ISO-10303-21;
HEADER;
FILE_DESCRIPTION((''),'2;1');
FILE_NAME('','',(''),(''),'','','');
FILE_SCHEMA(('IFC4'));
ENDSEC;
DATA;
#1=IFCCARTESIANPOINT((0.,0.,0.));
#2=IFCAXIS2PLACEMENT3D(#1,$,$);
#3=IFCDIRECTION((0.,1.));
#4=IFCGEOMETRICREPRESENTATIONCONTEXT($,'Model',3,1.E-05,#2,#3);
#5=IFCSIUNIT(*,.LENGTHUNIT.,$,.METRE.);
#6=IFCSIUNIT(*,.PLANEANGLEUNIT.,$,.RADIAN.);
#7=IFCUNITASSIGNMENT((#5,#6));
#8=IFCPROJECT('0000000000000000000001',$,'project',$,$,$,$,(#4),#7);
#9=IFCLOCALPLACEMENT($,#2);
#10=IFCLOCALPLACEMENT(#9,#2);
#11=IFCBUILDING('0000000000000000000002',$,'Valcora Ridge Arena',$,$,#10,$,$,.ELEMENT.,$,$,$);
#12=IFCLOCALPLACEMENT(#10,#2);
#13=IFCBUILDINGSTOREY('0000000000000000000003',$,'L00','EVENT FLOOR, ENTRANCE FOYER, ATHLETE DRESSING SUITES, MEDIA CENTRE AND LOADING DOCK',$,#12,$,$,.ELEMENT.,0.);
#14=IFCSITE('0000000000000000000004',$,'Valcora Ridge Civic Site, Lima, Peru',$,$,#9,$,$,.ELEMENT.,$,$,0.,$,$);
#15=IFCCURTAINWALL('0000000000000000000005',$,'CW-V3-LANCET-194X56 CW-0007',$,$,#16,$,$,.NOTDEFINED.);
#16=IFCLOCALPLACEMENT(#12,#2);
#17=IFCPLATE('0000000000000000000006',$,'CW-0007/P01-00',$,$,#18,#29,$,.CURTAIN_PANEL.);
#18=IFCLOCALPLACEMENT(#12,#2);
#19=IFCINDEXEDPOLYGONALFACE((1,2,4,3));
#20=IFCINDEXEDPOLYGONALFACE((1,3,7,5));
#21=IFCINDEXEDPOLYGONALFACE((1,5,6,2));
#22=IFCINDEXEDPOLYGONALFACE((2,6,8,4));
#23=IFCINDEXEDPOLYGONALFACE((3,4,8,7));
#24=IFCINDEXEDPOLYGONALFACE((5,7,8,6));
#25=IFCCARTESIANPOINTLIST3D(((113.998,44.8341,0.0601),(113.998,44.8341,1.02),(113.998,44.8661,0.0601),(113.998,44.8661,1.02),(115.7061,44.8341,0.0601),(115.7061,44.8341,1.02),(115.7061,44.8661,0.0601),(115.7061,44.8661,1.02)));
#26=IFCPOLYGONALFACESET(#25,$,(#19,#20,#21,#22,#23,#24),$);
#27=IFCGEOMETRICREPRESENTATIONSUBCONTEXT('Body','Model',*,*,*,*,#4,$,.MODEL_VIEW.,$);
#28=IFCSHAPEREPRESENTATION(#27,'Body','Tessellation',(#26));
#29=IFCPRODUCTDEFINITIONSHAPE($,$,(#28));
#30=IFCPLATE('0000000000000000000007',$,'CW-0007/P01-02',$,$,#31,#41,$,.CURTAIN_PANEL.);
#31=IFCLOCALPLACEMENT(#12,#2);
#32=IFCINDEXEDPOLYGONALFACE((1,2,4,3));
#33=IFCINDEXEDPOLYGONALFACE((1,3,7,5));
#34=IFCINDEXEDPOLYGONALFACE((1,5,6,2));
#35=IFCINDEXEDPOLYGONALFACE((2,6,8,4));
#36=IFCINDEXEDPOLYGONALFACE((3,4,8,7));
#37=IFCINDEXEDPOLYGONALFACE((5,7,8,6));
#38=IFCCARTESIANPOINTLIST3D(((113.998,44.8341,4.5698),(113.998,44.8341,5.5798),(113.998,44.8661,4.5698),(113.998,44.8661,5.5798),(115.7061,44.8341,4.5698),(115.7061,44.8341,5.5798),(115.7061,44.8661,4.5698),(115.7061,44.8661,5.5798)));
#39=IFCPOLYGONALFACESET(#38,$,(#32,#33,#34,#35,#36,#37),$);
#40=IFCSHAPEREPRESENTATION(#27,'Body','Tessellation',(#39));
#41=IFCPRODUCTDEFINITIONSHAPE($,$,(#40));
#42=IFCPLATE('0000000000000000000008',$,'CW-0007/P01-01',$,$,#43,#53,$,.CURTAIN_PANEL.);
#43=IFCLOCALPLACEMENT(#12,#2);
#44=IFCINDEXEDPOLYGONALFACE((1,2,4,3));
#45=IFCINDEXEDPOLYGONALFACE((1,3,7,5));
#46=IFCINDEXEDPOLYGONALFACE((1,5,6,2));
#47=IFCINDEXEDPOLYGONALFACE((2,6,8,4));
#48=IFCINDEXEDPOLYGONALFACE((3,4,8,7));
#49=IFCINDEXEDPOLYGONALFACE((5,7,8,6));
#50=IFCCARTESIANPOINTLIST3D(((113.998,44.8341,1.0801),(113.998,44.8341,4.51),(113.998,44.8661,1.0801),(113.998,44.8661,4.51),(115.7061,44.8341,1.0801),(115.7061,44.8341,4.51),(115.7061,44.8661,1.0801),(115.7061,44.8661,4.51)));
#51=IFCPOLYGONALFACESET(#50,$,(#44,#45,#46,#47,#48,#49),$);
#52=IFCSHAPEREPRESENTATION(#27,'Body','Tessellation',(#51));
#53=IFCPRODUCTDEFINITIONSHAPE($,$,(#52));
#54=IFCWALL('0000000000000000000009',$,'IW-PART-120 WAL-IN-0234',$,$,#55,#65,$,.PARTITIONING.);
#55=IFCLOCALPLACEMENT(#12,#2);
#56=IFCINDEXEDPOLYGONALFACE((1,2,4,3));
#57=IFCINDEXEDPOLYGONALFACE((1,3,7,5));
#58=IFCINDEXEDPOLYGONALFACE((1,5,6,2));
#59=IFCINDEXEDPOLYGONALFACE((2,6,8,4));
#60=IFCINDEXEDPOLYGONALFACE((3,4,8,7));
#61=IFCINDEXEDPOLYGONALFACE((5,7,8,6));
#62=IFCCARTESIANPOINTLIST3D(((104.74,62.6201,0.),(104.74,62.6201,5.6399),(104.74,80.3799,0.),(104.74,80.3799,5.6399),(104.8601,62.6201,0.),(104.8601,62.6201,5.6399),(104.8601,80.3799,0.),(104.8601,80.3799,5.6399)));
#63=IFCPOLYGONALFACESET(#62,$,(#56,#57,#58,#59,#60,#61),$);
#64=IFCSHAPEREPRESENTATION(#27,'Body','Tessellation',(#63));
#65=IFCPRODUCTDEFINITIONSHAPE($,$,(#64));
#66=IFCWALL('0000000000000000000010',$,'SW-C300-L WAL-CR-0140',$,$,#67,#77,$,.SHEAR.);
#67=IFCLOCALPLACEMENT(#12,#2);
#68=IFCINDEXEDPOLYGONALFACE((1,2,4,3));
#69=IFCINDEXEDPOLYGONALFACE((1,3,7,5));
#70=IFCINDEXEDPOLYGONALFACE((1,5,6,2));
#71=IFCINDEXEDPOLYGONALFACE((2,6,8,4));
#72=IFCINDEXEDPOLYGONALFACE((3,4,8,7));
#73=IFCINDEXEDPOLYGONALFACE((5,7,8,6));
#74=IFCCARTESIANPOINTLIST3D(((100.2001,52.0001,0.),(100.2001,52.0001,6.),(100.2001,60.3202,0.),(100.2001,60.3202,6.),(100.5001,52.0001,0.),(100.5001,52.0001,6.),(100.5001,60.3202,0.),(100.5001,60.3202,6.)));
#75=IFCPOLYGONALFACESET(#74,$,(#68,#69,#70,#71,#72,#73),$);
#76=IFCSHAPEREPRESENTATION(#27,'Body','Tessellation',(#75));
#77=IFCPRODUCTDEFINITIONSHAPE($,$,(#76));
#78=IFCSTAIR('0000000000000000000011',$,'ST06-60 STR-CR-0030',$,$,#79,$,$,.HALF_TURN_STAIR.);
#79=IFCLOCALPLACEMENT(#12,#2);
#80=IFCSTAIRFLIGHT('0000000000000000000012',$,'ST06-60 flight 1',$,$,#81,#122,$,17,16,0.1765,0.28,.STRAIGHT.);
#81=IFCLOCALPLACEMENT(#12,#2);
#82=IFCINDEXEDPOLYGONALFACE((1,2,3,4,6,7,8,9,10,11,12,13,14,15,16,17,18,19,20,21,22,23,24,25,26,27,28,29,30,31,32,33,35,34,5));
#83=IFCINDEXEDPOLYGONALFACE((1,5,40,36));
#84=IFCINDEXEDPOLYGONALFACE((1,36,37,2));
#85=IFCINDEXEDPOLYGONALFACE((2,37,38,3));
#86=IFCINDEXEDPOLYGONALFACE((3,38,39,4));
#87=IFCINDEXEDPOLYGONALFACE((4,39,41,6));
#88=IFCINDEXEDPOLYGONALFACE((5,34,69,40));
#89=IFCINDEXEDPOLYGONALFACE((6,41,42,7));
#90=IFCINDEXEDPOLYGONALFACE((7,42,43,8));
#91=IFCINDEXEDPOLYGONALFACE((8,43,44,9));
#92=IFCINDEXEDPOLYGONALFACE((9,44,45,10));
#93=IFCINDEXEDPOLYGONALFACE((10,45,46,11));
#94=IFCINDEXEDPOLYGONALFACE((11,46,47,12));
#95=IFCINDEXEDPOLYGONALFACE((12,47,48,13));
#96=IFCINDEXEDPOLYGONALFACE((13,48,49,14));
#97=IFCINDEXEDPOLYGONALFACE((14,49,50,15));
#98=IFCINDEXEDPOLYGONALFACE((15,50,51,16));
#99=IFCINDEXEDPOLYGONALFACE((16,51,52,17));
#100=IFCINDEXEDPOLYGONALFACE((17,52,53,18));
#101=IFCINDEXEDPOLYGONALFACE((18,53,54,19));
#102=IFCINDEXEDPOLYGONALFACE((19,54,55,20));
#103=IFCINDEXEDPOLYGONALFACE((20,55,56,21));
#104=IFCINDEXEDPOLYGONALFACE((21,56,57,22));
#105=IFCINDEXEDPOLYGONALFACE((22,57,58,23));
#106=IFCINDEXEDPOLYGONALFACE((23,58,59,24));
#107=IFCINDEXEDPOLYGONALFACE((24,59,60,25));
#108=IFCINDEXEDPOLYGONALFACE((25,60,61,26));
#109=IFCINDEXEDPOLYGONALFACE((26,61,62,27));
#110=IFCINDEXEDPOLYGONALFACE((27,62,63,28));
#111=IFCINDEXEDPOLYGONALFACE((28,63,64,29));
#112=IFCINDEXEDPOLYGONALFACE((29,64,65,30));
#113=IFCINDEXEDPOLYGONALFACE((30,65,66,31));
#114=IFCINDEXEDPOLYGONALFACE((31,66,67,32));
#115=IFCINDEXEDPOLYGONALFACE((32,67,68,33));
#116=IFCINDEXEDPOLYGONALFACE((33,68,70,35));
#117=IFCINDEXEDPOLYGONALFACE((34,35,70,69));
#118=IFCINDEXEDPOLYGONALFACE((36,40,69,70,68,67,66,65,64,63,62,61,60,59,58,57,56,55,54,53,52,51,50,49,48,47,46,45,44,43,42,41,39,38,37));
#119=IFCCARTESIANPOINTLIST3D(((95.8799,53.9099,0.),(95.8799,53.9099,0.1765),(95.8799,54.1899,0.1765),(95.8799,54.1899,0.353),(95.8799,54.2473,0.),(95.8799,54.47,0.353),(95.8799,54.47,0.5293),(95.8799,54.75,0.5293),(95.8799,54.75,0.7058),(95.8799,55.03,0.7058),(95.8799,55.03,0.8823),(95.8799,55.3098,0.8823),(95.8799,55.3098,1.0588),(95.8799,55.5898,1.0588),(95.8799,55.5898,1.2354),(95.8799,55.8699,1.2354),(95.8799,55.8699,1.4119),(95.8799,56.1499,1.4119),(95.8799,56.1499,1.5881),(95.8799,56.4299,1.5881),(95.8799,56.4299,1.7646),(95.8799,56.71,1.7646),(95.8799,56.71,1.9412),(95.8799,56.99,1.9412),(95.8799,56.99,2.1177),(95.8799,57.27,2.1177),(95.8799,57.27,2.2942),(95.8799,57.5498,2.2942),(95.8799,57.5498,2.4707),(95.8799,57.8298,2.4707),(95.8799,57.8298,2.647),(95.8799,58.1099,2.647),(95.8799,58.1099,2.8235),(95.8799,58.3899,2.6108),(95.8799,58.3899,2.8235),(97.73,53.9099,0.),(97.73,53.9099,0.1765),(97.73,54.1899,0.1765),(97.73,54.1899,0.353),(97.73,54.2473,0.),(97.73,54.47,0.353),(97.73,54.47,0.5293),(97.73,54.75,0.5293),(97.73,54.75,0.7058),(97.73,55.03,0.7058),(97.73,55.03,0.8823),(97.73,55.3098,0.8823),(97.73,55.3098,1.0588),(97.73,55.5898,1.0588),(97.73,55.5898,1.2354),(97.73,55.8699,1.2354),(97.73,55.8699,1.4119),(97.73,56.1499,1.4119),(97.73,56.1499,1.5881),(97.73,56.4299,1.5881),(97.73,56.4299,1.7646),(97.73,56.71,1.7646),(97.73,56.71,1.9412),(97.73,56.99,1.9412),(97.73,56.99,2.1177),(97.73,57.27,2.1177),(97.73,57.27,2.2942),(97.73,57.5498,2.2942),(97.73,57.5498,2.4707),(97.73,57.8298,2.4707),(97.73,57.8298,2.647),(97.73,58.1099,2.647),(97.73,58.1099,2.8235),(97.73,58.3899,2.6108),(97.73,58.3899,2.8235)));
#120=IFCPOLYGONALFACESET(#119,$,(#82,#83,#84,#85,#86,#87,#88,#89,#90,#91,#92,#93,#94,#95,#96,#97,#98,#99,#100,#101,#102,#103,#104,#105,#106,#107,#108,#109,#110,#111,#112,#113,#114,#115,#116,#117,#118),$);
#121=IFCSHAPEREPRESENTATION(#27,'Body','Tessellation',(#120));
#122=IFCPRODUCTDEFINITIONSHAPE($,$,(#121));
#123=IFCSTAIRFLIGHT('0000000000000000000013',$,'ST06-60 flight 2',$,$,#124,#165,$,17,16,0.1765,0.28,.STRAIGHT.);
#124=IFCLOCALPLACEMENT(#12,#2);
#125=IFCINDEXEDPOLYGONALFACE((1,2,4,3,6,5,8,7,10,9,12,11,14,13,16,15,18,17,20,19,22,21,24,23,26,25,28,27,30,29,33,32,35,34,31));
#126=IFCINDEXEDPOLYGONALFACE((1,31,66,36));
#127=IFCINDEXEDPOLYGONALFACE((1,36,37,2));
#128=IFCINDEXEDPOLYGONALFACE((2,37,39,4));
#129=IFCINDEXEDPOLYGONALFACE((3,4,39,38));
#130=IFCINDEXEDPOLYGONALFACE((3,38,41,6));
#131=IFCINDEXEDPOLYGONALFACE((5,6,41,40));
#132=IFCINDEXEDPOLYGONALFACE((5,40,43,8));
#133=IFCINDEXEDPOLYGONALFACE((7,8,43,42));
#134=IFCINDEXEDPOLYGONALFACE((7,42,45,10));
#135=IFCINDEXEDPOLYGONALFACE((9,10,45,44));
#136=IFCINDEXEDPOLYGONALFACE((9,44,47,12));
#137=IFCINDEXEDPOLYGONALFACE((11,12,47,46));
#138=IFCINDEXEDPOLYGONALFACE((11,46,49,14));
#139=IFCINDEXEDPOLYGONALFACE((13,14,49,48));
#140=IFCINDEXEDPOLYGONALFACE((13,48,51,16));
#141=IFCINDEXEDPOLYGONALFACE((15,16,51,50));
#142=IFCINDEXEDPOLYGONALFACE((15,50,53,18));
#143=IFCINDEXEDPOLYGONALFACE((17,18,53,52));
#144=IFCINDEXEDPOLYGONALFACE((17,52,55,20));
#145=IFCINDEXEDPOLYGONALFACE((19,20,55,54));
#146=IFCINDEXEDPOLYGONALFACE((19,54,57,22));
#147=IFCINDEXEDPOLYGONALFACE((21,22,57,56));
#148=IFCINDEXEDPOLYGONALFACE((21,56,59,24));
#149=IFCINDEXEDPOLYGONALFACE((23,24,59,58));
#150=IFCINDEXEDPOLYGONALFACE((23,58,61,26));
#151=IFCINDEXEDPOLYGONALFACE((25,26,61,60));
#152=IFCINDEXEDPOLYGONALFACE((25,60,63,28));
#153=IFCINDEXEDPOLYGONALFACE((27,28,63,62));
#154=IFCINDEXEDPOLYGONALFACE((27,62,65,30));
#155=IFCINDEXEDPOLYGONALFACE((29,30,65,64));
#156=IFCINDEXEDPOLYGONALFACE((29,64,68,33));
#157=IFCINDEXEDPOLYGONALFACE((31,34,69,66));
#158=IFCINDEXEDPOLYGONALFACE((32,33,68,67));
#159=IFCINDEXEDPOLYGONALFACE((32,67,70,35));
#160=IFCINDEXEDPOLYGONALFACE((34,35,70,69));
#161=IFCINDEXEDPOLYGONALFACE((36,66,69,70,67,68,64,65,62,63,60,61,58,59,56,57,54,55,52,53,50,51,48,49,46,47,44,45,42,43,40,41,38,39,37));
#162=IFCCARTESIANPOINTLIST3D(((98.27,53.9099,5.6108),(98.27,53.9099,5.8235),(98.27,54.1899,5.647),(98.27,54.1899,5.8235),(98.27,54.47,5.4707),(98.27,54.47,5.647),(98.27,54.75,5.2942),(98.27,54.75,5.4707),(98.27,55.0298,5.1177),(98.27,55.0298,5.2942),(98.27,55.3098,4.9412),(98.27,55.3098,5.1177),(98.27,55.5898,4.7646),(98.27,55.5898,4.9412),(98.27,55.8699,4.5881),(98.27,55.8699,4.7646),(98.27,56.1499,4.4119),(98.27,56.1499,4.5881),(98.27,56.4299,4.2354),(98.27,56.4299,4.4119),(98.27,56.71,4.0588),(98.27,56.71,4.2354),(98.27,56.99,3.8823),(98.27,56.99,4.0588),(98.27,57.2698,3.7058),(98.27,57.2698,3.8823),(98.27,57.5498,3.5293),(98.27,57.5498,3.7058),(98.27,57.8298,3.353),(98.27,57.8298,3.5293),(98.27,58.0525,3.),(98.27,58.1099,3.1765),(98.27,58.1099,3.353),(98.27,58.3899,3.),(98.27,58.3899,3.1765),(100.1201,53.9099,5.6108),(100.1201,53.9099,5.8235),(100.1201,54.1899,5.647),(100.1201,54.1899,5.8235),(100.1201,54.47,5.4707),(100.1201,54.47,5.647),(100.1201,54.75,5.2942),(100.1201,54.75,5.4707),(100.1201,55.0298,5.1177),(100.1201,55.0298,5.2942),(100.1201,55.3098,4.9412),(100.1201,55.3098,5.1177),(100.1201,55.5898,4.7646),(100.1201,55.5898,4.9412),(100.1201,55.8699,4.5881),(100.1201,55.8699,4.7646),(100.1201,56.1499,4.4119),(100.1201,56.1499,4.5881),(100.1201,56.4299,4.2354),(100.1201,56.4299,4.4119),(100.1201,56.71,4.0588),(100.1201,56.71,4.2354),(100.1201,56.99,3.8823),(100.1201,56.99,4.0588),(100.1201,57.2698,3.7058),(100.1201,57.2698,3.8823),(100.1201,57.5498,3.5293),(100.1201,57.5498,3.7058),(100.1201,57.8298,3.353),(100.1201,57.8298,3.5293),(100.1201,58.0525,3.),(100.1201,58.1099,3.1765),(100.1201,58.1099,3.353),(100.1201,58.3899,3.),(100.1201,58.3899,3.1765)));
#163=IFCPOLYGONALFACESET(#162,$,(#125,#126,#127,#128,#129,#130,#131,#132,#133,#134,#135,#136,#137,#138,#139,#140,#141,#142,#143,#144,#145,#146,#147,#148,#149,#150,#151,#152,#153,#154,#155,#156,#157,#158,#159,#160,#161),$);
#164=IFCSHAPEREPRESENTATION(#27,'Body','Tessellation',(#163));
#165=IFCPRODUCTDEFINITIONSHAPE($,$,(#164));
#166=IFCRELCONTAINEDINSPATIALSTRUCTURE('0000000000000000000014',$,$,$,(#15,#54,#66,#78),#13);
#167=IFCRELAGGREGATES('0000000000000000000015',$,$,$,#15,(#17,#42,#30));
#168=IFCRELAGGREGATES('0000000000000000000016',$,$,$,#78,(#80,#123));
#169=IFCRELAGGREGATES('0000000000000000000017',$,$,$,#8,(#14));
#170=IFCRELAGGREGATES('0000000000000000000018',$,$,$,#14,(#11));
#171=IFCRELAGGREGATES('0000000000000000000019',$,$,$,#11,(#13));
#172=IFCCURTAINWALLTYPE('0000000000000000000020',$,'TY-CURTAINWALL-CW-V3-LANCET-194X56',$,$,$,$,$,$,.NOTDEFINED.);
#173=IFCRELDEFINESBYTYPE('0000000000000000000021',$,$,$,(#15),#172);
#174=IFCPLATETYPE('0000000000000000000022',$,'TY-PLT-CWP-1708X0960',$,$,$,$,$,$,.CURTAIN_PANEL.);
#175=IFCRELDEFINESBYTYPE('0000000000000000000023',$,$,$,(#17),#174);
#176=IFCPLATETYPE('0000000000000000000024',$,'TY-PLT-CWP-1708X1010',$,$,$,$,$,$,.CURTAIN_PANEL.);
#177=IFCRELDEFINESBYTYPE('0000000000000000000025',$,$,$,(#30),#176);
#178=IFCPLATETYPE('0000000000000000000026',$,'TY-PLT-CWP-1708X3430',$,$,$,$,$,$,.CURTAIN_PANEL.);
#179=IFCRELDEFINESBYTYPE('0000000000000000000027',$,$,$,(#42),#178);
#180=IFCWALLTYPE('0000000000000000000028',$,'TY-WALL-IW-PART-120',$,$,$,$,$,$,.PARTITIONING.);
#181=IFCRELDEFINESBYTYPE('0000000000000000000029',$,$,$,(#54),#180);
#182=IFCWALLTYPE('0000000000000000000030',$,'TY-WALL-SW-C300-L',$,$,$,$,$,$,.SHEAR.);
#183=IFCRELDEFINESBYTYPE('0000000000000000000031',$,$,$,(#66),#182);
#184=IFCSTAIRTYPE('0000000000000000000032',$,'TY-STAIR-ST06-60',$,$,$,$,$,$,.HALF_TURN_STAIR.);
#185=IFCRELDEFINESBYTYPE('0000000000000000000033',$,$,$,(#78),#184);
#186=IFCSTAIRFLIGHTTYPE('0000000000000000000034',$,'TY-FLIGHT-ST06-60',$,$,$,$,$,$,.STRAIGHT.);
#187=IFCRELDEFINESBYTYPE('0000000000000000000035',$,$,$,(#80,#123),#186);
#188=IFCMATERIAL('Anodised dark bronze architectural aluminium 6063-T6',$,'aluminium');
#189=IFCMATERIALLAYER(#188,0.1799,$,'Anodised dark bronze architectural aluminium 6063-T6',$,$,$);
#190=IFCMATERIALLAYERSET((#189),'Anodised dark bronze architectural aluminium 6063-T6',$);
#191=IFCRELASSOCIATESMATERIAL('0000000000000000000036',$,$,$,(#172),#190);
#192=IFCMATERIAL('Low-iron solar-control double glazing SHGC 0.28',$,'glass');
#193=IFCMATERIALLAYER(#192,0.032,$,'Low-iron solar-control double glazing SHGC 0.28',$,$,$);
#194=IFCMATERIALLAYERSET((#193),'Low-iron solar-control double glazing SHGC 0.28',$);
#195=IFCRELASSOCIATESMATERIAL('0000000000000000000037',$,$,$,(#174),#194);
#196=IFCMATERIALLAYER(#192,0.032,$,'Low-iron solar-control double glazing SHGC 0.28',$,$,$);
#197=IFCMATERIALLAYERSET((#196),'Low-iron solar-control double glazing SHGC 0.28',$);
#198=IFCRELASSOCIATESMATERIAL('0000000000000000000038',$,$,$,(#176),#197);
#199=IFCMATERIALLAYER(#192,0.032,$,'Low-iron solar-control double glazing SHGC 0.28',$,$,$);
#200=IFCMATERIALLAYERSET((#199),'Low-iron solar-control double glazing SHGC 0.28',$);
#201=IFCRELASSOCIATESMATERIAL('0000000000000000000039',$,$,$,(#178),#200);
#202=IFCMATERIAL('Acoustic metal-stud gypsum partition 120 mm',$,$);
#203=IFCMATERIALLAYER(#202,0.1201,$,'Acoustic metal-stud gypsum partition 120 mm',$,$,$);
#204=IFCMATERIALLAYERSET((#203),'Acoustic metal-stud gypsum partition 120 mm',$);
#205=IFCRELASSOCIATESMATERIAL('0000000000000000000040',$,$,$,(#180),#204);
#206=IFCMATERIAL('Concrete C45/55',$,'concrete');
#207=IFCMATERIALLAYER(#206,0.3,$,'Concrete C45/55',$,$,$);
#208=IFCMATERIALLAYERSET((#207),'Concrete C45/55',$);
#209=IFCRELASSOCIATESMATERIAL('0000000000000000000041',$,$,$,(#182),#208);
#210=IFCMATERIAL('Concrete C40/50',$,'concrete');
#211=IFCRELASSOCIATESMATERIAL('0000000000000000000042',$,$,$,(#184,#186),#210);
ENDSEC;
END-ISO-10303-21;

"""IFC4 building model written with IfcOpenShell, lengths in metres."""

from ifc_helpers import new_model, si_unit, direction, frame, frame_2d, origin, origin_2d, place, context, subcontext, project, spatial, polyline, rectangle, outline, extrude, material, layer, layer_set, type_object, element, aggregate, save


model = new_model("IFC4")

# Units and contexts
model_context = context("Model", 3, precision=1e-05, world=origin(), true_north=direction((0.0, 1.0)))
body_context = subcontext(model_context, "Body", "Model", "MODEL_VIEW")
ifc_project = project(units=[si_unit("LENGTHUNIT", "METRE"), si_unit("PLANEANGLEUNIT", "RADIAN")], contexts=[model_context])

# Site, building, storey
site_placement = place(None, origin())
site = spatial("IfcSite", under=ifc_project, at=site_placement, Name="Valcora Ridge Civic Site, Lima, Peru", CompositionType="ELEMENT", RefElevation=0.0)
building_placement = place(site_placement, origin())
building = spatial("IfcBuilding", under=site, at=building_placement, Name="Valcora Ridge Arena", CompositionType="ELEMENT")
storey_placement = place(building_placement, origin())
storey = spatial("IfcBuildingStorey", under=building, at=storey_placement, Name="L00", Description="EVENT FLOOR, ENTRANCE FOYER, ATHLETE DRESSING SUITES, MEDIA CENTRE AND LOADING DOCK", CompositionType="ELEMENT", Elevation=0.0)

# Shared definitions
ifc_material_1 = material(Name="Concrete C40/50", Category="concrete")
ifc_material_2 = material(Name="Concrete C45/55", Category="concrete")

# Curtain wall
ifc_material_3 = material(Name="Anodised dark bronze architectural aluminium 6063-T6", Category="aluminium")
ifc_layer_1 = layer(ifc_material_3, 0.1799, Name="Anodised dark bronze architectural aluminium 6063-T6")
ifc_layer_set_1 = layer_set([ifc_layer_1], Name="Anodised dark bronze architectural aluminium 6063-T6")
curtain_wall_type_1 = type_object("IfcCurtainWallType", Name="TY-CURTAINWALL-CW-V3-LANCET-194X56", PredefinedType="NOTDEFINED", material=ifc_layer_set_1)
curtain_wall_1_placement = place(storey_placement, origin())
curtain_wall_1 = element("IfcCurtainWall", 1, at=curtain_wall_1_placement, inside=storey, type_object=curtain_wall_type_1, Name="CW-V3-LANCET-194X56 CW-0007", PredefinedType="NOTDEFINED")

# Plates
ifc_material_4 = material(Name="Low-iron solar-control double glazing SHGC 0.28", Category="glass")
ifc_layer_2 = layer(ifc_material_4, 0.032, Name="Low-iron solar-control double glazing SHGC 0.28")
ifc_layer_set_2 = layer_set([ifc_layer_2], Name="Low-iron solar-control double glazing SHGC 0.28")
plate_type_1 = type_object("IfcPlateType", Name="TY-PLT-CWP-1708X0960", PredefinedType="CURTAIN_PANEL", material=ifc_layer_set_2)
plate_1_placement = place(storey_placement, frame((114.8521, 44.8501, 0.0601), z_axis=(0.0, 0.0, 1.0), x_axis=(1.0, 0.0, 0.0)))
plate_1 = element("IfcPlate", 2, at=plate_1_placement, type_object=plate_type_1, Name="CW-0007/P01-00", PredefinedType="CURTAIN_PANEL", context=body_context, shape_type="SweptSolid", body=[
    extrude(rectangle(XDim=1.708, YDim=0.032, at=origin_2d()), origin(), (0.0, 0.0, 1.0), 0.96),
])
ifc_layer_3 = layer(ifc_material_4, 0.032, Name="Low-iron solar-control double glazing SHGC 0.28")
ifc_layer_set_3 = layer_set([ifc_layer_3], Name="Low-iron solar-control double glazing SHGC 0.28")
plate_type_2 = type_object("IfcPlateType", Name="TY-PLT-CWP-1708X1010", PredefinedType="CURTAIN_PANEL", material=ifc_layer_set_3)
plate_2_placement = place(storey_placement, frame((114.8521, 44.8501, 4.5698), z_axis=(0.0, 0.0, 1.0), x_axis=(1.0, 0.0, 0.0)))
plate_2 = element("IfcPlate", 3, at=plate_2_placement, type_object=plate_type_2, Name="CW-0007/P01-02", PredefinedType="CURTAIN_PANEL", context=body_context, shape_type="SweptSolid", body=[
    extrude(rectangle(XDim=1.708, YDim=0.032, at=origin_2d()), origin(), (0.0, 0.0, 1.0), 1.01),
])
ifc_layer_4 = layer(ifc_material_4, 0.032, Name="Low-iron solar-control double glazing SHGC 0.28")
ifc_layer_set_4 = layer_set([ifc_layer_4], Name="Low-iron solar-control double glazing SHGC 0.28")
plate_type_3 = type_object("IfcPlateType", Name="TY-PLT-CWP-1708X3430", PredefinedType="CURTAIN_PANEL", material=ifc_layer_set_4)
plate_3_placement = place(storey_placement, frame((114.8521, 44.8501, 1.0801), z_axis=(0.0, 0.0, 1.0), x_axis=(1.0, 0.0, 0.0)))
plate_3 = element("IfcPlate", 4, at=plate_3_placement, type_object=plate_type_3, Name="CW-0007/P01-01", PredefinedType="CURTAIN_PANEL", context=body_context, shape_type="SweptSolid", body=[
    extrude(rectangle(XDim=1.708, YDim=0.032, at=origin_2d()), origin(), (0.0, 0.0, 1.0), 3.4299),
])
aggregate(curtain_wall_1, [plate_1, plate_3, plate_2])

# Walls
ifc_material_5 = material(Name="Acoustic metal-stud gypsum partition 120 mm")
ifc_layer_5 = layer(ifc_material_5, 0.1201, Name="Acoustic metal-stud gypsum partition 120 mm")
ifc_layer_set_5 = layer_set([ifc_layer_5], Name="Acoustic metal-stud gypsum partition 120 mm")
wall_type_1 = type_object("IfcWallType", Name="TY-WALL-IW-PART-120", PredefinedType="PARTITIONING", material=ifc_layer_set_5)
wall_1_placement = place(storey_placement, frame((104.8, 62.6201, 0.0), z_axis=(0.0, 0.0, 1.0), x_axis=(0.0, 1.0, 0.0)))
element("IfcWall", 5, at=wall_1_placement, inside=storey, type_object=wall_type_1, Name="IW-PART-120 WAL-IN-0234", PredefinedType="PARTITIONING", context=body_context, shape_type="SweptSolid", body=[
    extrude(rectangle(XDim=17.7598, YDim=0.1201, at=frame_2d((8.8799, 0.0))), origin(), (0.0, 0.0, 1.0), 5.6399),
])
ifc_layer_6 = layer(ifc_material_2, 0.3, Name="Concrete C45/55")
ifc_layer_set_6 = layer_set([ifc_layer_6], Name="Concrete C45/55")
wall_type_2 = type_object("IfcWallType", Name="TY-WALL-SW-C300-L", PredefinedType="SHEAR", material=ifc_layer_set_6)
wall_2_placement = place(storey_placement, frame((100.3501, 52.0, 0.0), z_axis=(0.0, 0.0, 1.0), x_axis=(0.0, 1.0, 0.0)))
element("IfcWall", 6, at=wall_2_placement, inside=storey, type_object=wall_type_2, Name="SW-C300-L WAL-CR-0140", PredefinedType="SHEAR", context=body_context, shape_type="SweptSolid", body=[
    extrude(rectangle(XDim=8.3201, YDim=0.3, at=frame_2d((4.1602, 0.0))), origin(), (0.0, 0.0, 1.0), 6.0),
])

# Stair, stair flights
stair_type = type_object("IfcStairType", Name="TY-STAIR-ST06-60", PredefinedType="HALF_TURN_STAIR", material=ifc_material_1)
stair_placement = place(storey_placement, origin())
stair = element("IfcStair", 7, at=stair_placement, inside=storey, type_object=stair_type, Name="ST06-60 STR-CR-0030", PredefinedType="HALF_TURN_STAIR")
stair_flight_type = type_object("IfcStairFlightType", Name="TY-FLIGHT-ST06-60", PredefinedType="STRAIGHT", material=ifc_material_1)
stair_flight_1_placement = place(storey_placement, frame((96.8049, 53.9099, 0.0), z_axis=(0.0, 0.0, 1.0), x_axis=(0.0, 1.0, 0.0)))
stair_flight_1 = element("IfcStairFlight", 8, at=stair_flight_1_placement, type_object=stair_flight_type, Name="ST06-60 flight 1", NumberOfRisers=17, NumberOfTreads=16, PredefinedType="STRAIGHT", RiserHeight=0.1765, TreadLength=0.28, context=body_context, shape_type="SweptSolid", body=[
    extrude(outline(polyline([(0.0, 0.0), (0.0, 0.1765), (0.28, 0.1765), (0.28, 0.353), (0.5601, 0.353), (0.5601, 0.5293), (0.8401, 0.5293), (0.8401, 0.7058), (1.1201, 0.7058), (1.1201, 0.8823), (1.3999, 0.8823), (1.3999, 1.0588), (1.6799, 1.0588), (1.6799, 1.2354), (1.96, 1.2354), (1.96, 1.4119), (2.24, 1.4119), (2.24, 1.5881), (2.52, 1.5881), (2.52, 1.7646), (2.8, 1.7646), (2.8, 1.9412), (3.0801, 1.9412), (3.0801, 2.1177), (3.3601, 2.1177), (3.3601, 2.2942), (3.6399, 2.2942), (3.6399, 2.4707), (3.9199, 2.4707), (3.9199, 2.647), (4.2, 2.647), (4.2, 2.8235), (4.48, 2.8235), (4.48, 3.0), (4.48, 2.6108), (0.3374, 0.0), (0.0, 0.0)])), frame((0.0, 0.925, 0.0), z_axis=(0.0, -1.0, 0.0), x_axis=(1.0, 0.0, 0.0)), (0.0, 0.0, 1.0), 1.8501),
])
stair_flight_2_placement = place(storey_placement, frame((99.1951, 58.3899, 3.0), z_axis=(0.0, 0.0, 1.0), x_axis=(0.0, -1.0, 0.0)))
stair_flight_2 = element("IfcStairFlight", 9, at=stair_flight_2_placement, type_object=stair_flight_type, Name="ST06-60 flight 2", NumberOfRisers=17, NumberOfTreads=16, PredefinedType="STRAIGHT", RiserHeight=0.1765, TreadLength=0.28, context=body_context, shape_type="SweptSolid", body=[
    extrude(outline(polyline([(0.0, 0.0), (0.0, 0.1765), (0.28, 0.1765), (0.28, 0.353), (0.5601, 0.353), (0.5601, 0.5293), (0.8401, 0.5293), (0.8401, 0.7058), (1.1201, 0.7058), (1.1201, 0.8823), (1.3999, 0.8823), (1.3999, 1.0588), (1.6799, 1.0588), (1.6799, 1.2354), (1.96, 1.2354), (1.96, 1.4119), (2.24, 1.4119), (2.24, 1.5881), (2.52, 1.5881), (2.52, 1.7646), (2.8, 1.7646), (2.8, 1.9412), (3.0801, 1.9412), (3.0801, 2.1177), (3.3601, 2.1177), (3.3601, 2.2942), (3.6399, 2.2942), (3.6399, 2.4707), (3.9199, 2.4707), (3.9199, 2.647), (4.2, 2.647), (4.2, 2.8235), (4.48, 2.8235), (4.48, 3.0), (4.48, 2.6108), (0.3374, 0.0), (0.0, 0.0)])), frame((0.0, 0.925, 0.0), z_axis=(0.0, -1.0, 0.0), x_axis=(1.0, 0.0, 0.0)), (0.0, 0.0, 1.0), 1.8501),
])
aggregate(stair, [stair_flight_1, stair_flight_2])

save(model, "model.ifc")
